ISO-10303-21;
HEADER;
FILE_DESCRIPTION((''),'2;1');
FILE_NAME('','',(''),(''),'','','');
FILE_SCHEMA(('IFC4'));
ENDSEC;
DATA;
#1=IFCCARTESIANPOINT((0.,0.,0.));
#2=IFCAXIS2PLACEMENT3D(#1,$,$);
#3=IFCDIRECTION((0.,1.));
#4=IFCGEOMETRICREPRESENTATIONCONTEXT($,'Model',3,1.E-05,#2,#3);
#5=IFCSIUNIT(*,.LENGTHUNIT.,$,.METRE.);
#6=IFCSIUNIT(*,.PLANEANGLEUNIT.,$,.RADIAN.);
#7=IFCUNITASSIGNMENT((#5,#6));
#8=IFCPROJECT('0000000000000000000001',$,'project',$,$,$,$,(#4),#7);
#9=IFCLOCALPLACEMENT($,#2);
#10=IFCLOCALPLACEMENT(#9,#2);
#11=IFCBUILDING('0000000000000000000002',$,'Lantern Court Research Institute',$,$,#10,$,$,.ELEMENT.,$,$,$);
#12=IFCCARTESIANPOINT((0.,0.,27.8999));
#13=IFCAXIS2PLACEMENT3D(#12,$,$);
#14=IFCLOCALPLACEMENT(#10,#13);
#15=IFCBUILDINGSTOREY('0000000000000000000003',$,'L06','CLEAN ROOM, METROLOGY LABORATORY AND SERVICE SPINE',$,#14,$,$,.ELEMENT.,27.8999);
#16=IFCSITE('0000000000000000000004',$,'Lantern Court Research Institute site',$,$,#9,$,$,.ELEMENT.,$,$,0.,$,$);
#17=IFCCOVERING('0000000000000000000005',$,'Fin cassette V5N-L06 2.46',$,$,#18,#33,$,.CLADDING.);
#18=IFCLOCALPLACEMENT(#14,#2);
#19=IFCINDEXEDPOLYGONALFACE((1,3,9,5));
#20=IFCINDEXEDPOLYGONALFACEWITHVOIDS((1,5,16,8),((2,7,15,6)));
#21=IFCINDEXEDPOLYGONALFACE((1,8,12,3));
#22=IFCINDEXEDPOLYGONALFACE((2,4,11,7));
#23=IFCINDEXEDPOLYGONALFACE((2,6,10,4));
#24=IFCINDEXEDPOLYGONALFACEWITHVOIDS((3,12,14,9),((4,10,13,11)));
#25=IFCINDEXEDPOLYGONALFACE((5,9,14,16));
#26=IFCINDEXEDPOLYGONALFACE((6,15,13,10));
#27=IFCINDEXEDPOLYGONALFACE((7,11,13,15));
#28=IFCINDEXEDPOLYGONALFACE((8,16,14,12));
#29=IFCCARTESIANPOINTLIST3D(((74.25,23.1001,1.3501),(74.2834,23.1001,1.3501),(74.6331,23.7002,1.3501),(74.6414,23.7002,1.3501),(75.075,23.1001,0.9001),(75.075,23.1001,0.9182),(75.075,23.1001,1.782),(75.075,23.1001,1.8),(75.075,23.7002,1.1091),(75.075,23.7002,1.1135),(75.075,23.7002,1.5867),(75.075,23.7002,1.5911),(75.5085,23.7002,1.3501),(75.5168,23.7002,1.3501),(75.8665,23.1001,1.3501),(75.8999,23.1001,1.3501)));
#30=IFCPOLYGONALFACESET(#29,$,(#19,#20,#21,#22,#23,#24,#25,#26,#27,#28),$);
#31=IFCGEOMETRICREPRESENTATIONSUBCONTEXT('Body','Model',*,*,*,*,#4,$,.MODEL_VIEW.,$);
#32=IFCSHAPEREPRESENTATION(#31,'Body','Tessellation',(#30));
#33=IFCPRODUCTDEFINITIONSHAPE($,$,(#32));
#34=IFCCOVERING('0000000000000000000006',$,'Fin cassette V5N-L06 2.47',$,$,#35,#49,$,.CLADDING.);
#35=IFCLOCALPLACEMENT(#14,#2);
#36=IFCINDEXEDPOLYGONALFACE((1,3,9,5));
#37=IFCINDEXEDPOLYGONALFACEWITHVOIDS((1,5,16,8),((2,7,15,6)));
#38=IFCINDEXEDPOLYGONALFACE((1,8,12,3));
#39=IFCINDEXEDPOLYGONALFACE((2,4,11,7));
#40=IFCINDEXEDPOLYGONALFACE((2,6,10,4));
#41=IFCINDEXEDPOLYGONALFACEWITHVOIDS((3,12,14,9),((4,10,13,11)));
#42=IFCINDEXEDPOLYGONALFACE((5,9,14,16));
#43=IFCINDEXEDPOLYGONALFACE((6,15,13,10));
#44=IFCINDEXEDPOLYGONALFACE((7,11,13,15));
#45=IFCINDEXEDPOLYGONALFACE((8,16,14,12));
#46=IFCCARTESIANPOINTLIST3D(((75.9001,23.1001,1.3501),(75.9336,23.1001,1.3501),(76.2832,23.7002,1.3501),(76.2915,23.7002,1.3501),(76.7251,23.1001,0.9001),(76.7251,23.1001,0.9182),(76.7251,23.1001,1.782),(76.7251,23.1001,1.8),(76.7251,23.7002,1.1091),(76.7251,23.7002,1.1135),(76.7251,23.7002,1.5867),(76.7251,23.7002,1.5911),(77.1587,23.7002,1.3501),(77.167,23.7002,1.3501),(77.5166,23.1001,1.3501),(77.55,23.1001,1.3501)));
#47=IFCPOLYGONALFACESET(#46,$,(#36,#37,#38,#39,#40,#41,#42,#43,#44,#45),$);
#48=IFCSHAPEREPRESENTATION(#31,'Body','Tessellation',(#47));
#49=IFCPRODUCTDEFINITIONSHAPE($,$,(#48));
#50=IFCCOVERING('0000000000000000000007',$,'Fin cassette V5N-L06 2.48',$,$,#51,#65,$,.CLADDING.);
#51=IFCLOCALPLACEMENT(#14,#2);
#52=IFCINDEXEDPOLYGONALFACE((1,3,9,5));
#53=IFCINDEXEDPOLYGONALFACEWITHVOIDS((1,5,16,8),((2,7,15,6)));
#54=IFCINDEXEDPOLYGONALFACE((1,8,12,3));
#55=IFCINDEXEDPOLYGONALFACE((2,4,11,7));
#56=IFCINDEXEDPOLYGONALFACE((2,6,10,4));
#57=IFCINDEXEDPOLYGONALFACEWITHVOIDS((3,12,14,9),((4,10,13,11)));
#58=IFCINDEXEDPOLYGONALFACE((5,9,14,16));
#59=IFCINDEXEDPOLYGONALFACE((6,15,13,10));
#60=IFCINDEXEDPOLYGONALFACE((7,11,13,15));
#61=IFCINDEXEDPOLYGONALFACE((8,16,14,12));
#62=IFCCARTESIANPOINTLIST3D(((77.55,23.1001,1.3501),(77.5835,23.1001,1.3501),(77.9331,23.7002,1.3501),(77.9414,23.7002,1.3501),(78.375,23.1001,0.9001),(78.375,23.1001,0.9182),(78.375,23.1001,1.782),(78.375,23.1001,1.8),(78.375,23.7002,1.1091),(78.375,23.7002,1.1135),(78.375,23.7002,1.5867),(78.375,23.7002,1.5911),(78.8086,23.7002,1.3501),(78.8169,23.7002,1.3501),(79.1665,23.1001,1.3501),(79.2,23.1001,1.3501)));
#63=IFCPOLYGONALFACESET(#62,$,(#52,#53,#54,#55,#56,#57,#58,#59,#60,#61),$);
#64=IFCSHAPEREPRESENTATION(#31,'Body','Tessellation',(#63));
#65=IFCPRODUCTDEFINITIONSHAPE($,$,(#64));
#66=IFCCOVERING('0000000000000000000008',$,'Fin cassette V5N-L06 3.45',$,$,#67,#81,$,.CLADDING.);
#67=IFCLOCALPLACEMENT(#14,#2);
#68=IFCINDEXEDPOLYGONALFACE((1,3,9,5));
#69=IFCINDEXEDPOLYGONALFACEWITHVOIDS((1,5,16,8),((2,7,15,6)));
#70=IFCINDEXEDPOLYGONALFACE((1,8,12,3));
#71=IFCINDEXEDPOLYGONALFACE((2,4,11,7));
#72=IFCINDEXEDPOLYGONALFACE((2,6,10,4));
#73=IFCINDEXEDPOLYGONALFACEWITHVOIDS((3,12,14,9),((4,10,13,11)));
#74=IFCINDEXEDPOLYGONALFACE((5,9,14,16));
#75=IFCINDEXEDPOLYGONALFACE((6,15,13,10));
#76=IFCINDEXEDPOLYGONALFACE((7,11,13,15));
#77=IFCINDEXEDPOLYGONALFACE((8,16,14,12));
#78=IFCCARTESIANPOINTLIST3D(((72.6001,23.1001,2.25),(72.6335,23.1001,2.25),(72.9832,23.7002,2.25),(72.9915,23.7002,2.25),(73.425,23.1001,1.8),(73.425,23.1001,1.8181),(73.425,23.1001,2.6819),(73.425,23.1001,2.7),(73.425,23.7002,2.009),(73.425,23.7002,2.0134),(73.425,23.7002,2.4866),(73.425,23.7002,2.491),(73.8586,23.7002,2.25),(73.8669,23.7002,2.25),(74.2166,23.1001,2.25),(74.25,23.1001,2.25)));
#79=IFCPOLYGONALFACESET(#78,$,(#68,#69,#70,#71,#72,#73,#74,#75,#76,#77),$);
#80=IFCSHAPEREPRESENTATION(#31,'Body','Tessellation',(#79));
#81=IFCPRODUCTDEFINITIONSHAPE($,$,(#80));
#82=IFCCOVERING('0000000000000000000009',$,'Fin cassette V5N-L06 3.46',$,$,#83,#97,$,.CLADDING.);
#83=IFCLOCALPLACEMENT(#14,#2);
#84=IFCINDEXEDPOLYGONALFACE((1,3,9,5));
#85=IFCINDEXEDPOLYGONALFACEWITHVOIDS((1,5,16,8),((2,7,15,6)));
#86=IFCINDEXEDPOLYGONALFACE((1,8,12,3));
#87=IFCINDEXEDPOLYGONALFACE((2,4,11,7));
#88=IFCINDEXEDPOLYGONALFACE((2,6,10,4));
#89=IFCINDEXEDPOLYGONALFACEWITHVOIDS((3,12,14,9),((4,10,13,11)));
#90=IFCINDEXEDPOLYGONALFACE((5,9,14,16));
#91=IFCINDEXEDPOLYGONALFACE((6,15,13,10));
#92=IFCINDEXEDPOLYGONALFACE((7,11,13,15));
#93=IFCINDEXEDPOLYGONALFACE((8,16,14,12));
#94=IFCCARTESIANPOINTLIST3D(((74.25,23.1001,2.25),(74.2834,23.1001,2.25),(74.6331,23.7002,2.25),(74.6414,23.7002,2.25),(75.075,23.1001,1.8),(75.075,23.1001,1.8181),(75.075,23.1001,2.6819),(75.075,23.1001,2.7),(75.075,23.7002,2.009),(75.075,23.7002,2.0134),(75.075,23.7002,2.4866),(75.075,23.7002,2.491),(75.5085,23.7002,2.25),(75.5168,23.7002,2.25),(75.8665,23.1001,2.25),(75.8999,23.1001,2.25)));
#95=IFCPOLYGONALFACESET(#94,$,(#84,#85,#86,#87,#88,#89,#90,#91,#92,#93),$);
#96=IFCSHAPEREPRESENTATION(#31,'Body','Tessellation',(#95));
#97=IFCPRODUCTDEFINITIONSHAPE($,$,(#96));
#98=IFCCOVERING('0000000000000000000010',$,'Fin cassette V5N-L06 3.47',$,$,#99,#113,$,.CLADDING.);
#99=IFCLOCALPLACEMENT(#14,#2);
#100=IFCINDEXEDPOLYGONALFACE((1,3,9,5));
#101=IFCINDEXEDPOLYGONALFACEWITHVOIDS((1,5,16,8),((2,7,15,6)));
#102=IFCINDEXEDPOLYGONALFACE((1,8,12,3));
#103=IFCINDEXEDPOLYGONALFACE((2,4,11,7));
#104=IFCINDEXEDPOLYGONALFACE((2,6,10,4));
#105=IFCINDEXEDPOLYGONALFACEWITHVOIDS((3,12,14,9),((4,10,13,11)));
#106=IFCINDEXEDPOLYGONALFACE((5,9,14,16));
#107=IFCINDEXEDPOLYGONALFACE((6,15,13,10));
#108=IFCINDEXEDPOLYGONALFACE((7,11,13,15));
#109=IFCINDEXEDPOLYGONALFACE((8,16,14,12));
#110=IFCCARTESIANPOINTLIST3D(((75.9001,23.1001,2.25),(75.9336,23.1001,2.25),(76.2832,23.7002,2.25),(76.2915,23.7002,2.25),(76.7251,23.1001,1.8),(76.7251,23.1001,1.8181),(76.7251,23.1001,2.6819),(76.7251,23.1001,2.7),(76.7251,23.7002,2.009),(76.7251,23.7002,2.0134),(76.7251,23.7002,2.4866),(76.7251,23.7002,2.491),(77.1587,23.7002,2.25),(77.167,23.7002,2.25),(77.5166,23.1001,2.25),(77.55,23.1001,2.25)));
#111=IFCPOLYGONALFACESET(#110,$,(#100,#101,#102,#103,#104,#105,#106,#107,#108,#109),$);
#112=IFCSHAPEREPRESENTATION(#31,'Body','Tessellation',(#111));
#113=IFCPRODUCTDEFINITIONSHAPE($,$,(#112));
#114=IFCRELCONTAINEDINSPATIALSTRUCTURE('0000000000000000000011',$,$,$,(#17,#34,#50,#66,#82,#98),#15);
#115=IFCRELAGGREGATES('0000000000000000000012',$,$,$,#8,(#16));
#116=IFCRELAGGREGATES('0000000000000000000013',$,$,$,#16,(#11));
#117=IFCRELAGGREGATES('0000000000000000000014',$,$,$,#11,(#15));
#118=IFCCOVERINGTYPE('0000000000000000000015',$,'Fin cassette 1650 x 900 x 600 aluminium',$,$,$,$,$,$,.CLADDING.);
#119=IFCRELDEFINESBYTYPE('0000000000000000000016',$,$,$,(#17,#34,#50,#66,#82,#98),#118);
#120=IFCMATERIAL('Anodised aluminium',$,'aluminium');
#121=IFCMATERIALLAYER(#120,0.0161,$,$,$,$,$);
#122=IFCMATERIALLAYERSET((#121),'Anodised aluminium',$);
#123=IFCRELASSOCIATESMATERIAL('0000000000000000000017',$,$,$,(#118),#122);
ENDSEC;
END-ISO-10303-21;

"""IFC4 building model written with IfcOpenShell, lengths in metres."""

from ifc_helpers import new_model, entity, si_unit, direction, frame, origin, place, context, subcontext, project, spatial, material, layer, layer_set, type_object, element, save


model = new_model("IFC4")

# Units and contexts
model_context = context("Model", 3, precision=1e-05, world=origin(), true_north=direction((0.0, 1.0)))
body_context = subcontext(model_context, "Body", "Model", "MODEL_VIEW")
ifc_project = project(units=[si_unit("LENGTHUNIT", "METRE"), si_unit("PLANEANGLEUNIT", "RADIAN")], contexts=[model_context])

# Site, building, storey
site_placement = place(None, origin())
site = spatial("IfcSite", under=ifc_project, at=site_placement, Name="Lantern Court Research Institute site", CompositionType="ELEMENT", RefElevation=0.0)
building_placement = place(site_placement, origin())
building = spatial("IfcBuilding", under=site, at=building_placement, Name="Lantern Court Research Institute", CompositionType="ELEMENT")
storey_placement = place(building_placement, frame((0.0, 0.0, 27.8999)))
storey = spatial("IfcBuildingStorey", under=building, at=storey_placement, Name="L06", Description="CLEAN ROOM, METROLOGY LABORATORY AND SERVICE SPINE", CompositionType="ELEMENT", Elevation=27.8999)

# Coverings
ifc_material_1 = material(Name="Anodised aluminium", Category="aluminium")
ifc_layer_1 = layer(ifc_material_1, 0.0161)
ifc_layer_set_1 = layer_set([ifc_layer_1], Name="Anodised aluminium")
covering_type = type_object("IfcCoveringType", Name="Fin cassette 1650 x 900 x 600 aluminium", PredefinedType="CLADDING", material=ifc_layer_set_1)
covering_1_placement = place(storey_placement, frame((75.075, 23.1001, 1.3501), z_axis=(0.0, 1.0, 0.0), x_axis=(-1.0, 0.0, 0.0)))
cartesian_point_1 = entity("IfcCartesianPoint", [0.825, 0.0])
cartesian_point_2 = entity("IfcCartesianPoint", [0.7915, 0.0])
cartesian_point_3 = entity("IfcCartesianPoint", [0.4419, 0.0])
cartesian_point_4 = entity("IfcCartesianPoint", [0.4336, 0.0])
element("IfcCovering", 1, at=covering_1_placement, inside=storey, type_object=covering_type, Name="Fin cassette V5N-L06 2.46", PredefinedType="CLADDING", context=body_context, shape_type="SweptSolid", body=[
    entity("IfcExtrudedAreaSolidTapered", entity("IfcArbitraryProfileDefWithVoids", "AREA", None, entity("IfcPolyline", [cartesian_point_1, entity("IfcCartesianPoint", [0.0, 0.45]), entity("IfcCartesianPoint", [-0.825, 0.0]), entity("IfcCartesianPoint", [0.0, -0.45]), cartesian_point_1]), [entity("IfcPolyline", [cartesian_point_2, entity("IfcCartesianPoint", [0.0, 0.4319]), entity("IfcCartesianPoint", [-0.7915, 0.0]), entity("IfcCartesianPoint", [0.0, -0.4319]), cartesian_point_2])]), entity("IfcAxis2Placement3D", entity("IfcCartesianPoint", [0.0, 0.0, 0.0])), entity("IfcDirection", [0.0, 0.0, 1.0]), 0.6001, entity("IfcArbitraryProfileDefWithVoids", "AREA", None, entity("IfcPolyline", [cartesian_point_3, entity("IfcCartesianPoint", [0.0, 0.241]), entity("IfcCartesianPoint", [-0.4419, 0.0]), entity("IfcCartesianPoint", [0.0, -0.241]), cartesian_point_3]), [entity("IfcPolyline", [cartesian_point_4, entity("IfcCartesianPoint", [0.0, 0.2366]), entity("IfcCartesianPoint", [-0.4336, 0.0]), entity("IfcCartesianPoint", [0.0, -0.2366]), cartesian_point_4])])),
])
covering_2_placement = place(storey_placement, frame((76.7251, 23.1001, 1.3501), z_axis=(0.0, 1.0, 0.0), x_axis=(-1.0, 0.0, 0.0)))
cartesian_point_5 = entity("IfcCartesianPoint", [0.825, 0.0])
cartesian_point_6 = entity("IfcCartesianPoint", [0.7915, 0.0])
cartesian_point_7 = entity("IfcCartesianPoint", [0.4419, 0.0])
cartesian_point_8 = entity("IfcCartesianPoint", [0.4336, 0.0])
element("IfcCovering", 2, at=covering_2_placement, inside=storey, type_object=covering_type, Name="Fin cassette V5N-L06 2.47", PredefinedType="CLADDING", context=body_context, shape_type="SweptSolid", body=[
    entity("IfcExtrudedAreaSolidTapered", entity("IfcArbitraryProfileDefWithVoids", "AREA", None, entity("IfcPolyline", [cartesian_point_5, entity("IfcCartesianPoint", [0.0, 0.45]), entity("IfcCartesianPoint", [-0.825, 0.0]), entity("IfcCartesianPoint", [0.0, -0.45]), cartesian_point_5]), [entity("IfcPolyline", [cartesian_point_6, entity("IfcCartesianPoint", [0.0, 0.4319]), entity("IfcCartesianPoint", [-0.7915, 0.0]), entity("IfcCartesianPoint", [0.0, -0.4319]), cartesian_point_6])]), entity("IfcAxis2Placement3D", entity("IfcCartesianPoint", [0.0, 0.0, 0.0])), entity("IfcDirection", [0.0, 0.0, 1.0]), 0.6001, entity("IfcArbitraryProfileDefWithVoids", "AREA", None, entity("IfcPolyline", [cartesian_point_7, entity("IfcCartesianPoint", [0.0, 0.241]), entity("IfcCartesianPoint", [-0.4419, 0.0]), entity("IfcCartesianPoint", [0.0, -0.241]), cartesian_point_7]), [entity("IfcPolyline", [cartesian_point_8, entity("IfcCartesianPoint", [0.0, 0.2366]), entity("IfcCartesianPoint", [-0.4336, 0.0]), entity("IfcCartesianPoint", [0.0, -0.2366]), cartesian_point_8])])),
])
covering_3_placement = place(storey_placement, frame((78.375, 23.1001, 1.3501), z_axis=(0.0, 1.0, 0.0), x_axis=(-1.0, 0.0, 0.0)))
cartesian_point_9 = entity("IfcCartesianPoint", [0.825, 0.0])
cartesian_point_10 = entity("IfcCartesianPoint", [0.7915, 0.0])
cartesian_point_11 = entity("IfcCartesianPoint", [0.4419, 0.0])
cartesian_point_12 = entity("IfcCartesianPoint", [0.4336, 0.0])
element("IfcCovering", 3, at=covering_3_placement, inside=storey, type_object=covering_type, Name="Fin cassette V5N-L06 2.48", PredefinedType="CLADDING", context=body_context, shape_type="SweptSolid", body=[
    entity("IfcExtrudedAreaSolidTapered", entity("IfcArbitraryProfileDefWithVoids", "AREA", None, entity("IfcPolyline", [cartesian_point_9, entity("IfcCartesianPoint", [0.0, 0.45]), entity("IfcCartesianPoint", [-0.825, 0.0]), entity("IfcCartesianPoint", [0.0, -0.45]), cartesian_point_9]), [entity("IfcPolyline", [cartesian_point_10, entity("IfcCartesianPoint", [0.0, 0.4319]), entity("IfcCartesianPoint", [-0.7915, 0.0]), entity("IfcCartesianPoint", [0.0, -0.4319]), cartesian_point_10])]), entity("IfcAxis2Placement3D", entity("IfcCartesianPoint", [0.0, 0.0, 0.0])), entity("IfcDirection", [0.0, 0.0, 1.0]), 0.6001, entity("IfcArbitraryProfileDefWithVoids", "AREA", None, entity("IfcPolyline", [cartesian_point_11, entity("IfcCartesianPoint", [0.0, 0.241]), entity("IfcCartesianPoint", [-0.4419, 0.0]), entity("IfcCartesianPoint", [0.0, -0.241]), cartesian_point_11]), [entity("IfcPolyline", [cartesian_point_12, entity("IfcCartesianPoint", [0.0, 0.2366]), entity("IfcCartesianPoint", [-0.4336, 0.0]), entity("IfcCartesianPoint", [0.0, -0.2366]), cartesian_point_12])])),
])
covering_4_placement = place(storey_placement, frame((73.425, 23.1001, 2.25), z_axis=(0.0, 1.0, 0.0), x_axis=(-1.0, 0.0, 0.0)))
cartesian_point_13 = entity("IfcCartesianPoint", [0.825, 0.0])
cartesian_point_14 = entity("IfcCartesianPoint", [0.7915, 0.0])
cartesian_point_15 = entity("IfcCartesianPoint", [0.4419, 0.0])
cartesian_point_16 = entity("IfcCartesianPoint", [0.4336, 0.0])
element("IfcCovering", 4, at=covering_4_placement, inside=storey, type_object=covering_type, Name="Fin cassette V5N-L06 3.45", PredefinedType="CLADDING", context=body_context, shape_type="SweptSolid", body=[
    entity("IfcExtrudedAreaSolidTapered", entity("IfcArbitraryProfileDefWithVoids", "AREA", None, entity("IfcPolyline", [cartesian_point_13, entity("IfcCartesianPoint", [0.0, 0.45]), entity("IfcCartesianPoint", [-0.825, 0.0]), entity("IfcCartesianPoint", [0.0, -0.45]), cartesian_point_13]), [entity("IfcPolyline", [cartesian_point_14, entity("IfcCartesianPoint", [0.0, 0.4319]), entity("IfcCartesianPoint", [-0.7915, 0.0]), entity("IfcCartesianPoint", [0.0, -0.4319]), cartesian_point_14])]), entity("IfcAxis2Placement3D", entity("IfcCartesianPoint", [0.0, 0.0, 0.0])), entity("IfcDirection", [0.0, 0.0, 1.0]), 0.6001, entity("IfcArbitraryProfileDefWithVoids", "AREA", None, entity("IfcPolyline", [cartesian_point_15, entity("IfcCartesianPoint", [0.0, 0.241]), entity("IfcCartesianPoint", [-0.4419, 0.0]), entity("IfcCartesianPoint", [0.0, -0.241]), cartesian_point_15]), [entity("IfcPolyline", [cartesian_point_16, entity("IfcCartesianPoint", [0.0, 0.2366]), entity("IfcCartesianPoint", [-0.4336, 0.0]), entity("IfcCartesianPoint", [0.0, -0.2366]), cartesian_point_16])])),
])
covering_5_placement = place(storey_placement, frame((75.075, 23.1001, 2.25), z_axis=(0.0, 1.0, 0.0), x_axis=(-1.0, 0.0, 0.0)))
cartesian_point_17 = entity("IfcCartesianPoint", [0.825, 0.0])
cartesian_point_18 = entity("IfcCartesianPoint", [0.7915, 0.0])
cartesian_point_19 = entity("IfcCartesianPoint", [0.4419, 0.0])
cartesian_point_20 = entity("IfcCartesianPoint", [0.4336, 0.0])
element("IfcCovering", 5, at=covering_5_placement, inside=storey, type_object=covering_type, Name="Fin cassette V5N-L06 3.46", PredefinedType="CLADDING", context=body_context, shape_type="SweptSolid", body=[
    entity("IfcExtrudedAreaSolidTapered", entity("IfcArbitraryProfileDefWithVoids", "AREA", None, entity("IfcPolyline", [cartesian_point_17, entity("IfcCartesianPoint", [0.0, 0.45]), entity("IfcCartesianPoint", [-0.825, 0.0]), entity("IfcCartesianPoint", [0.0, -0.45]), cartesian_point_17]), [entity("IfcPolyline", [cartesian_point_18, entity("IfcCartesianPoint", [0.0, 0.4319]), entity("IfcCartesianPoint", [-0.7915, 0.0]), entity("IfcCartesianPoint", [0.0, -0.4319]), cartesian_point_18])]), entity("IfcAxis2Placement3D", entity("IfcCartesianPoint", [0.0, 0.0, 0.0])), entity("IfcDirection", [0.0, 0.0, 1.0]), 0.6001, entity("IfcArbitraryProfileDefWithVoids", "AREA", None, entity("IfcPolyline", [cartesian_point_19, entity("IfcCartesianPoint", [0.0, 0.241]), entity("IfcCartesianPoint", [-0.4419, 0.0]), entity("IfcCartesianPoint", [0.0, -0.241]), cartesian_point_19]), [entity("IfcPolyline", [cartesian_point_20, entity("IfcCartesianPoint", [0.0, 0.2366]), entity("IfcCartesianPoint", [-0.4336, 0.0]), entity("IfcCartesianPoint", [0.0, -0.2366]), cartesian_point_20])])),
])
covering_6_placement = place(storey_placement, frame((76.7251, 23.1001, 2.25), z_axis=(0.0, 1.0, 0.0), x_axis=(-1.0, 0.0, 0.0)))
cartesian_point_21 = entity("IfcCartesianPoint", [0.825, 0.0])
cartesian_point_22 = entity("IfcCartesianPoint", [0.7915, 0.0])
cartesian_point_23 = entity("IfcCartesianPoint", [0.4419, 0.0])
cartesian_point_24 = entity("IfcCartesianPoint", [0.4336, 0.0])
element("IfcCovering", 6, at=covering_6_placement, inside=storey, type_object=covering_type, Name="Fin cassette V5N-L06 3.47", PredefinedType="CLADDING", context=body_context, shape_type="SweptSolid", body=[
    entity("IfcExtrudedAreaSolidTapered", entity("IfcArbitraryProfileDefWithVoids", "AREA", None, entity("IfcPolyline", [cartesian_point_21, entity("IfcCartesianPoint", [0.0, 0.45]), entity("IfcCartesianPoint", [-0.825, 0.0]), entity("IfcCartesianPoint", [0.0, -0.45]), cartesian_point_21]), [entity("IfcPolyline", [cartesian_point_22, entity("IfcCartesianPoint", [0.0, 0.4319]), entity("IfcCartesianPoint", [-0.7915, 0.0]), entity("IfcCartesianPoint", [0.0, -0.4319]), cartesian_point_22])]), entity("IfcAxis2Placement3D", entity("IfcCartesianPoint", [0.0, 0.0, 0.0])), entity("IfcDirection", [0.0, 0.0, 1.0]), 0.6001, entity("IfcArbitraryProfileDefWithVoids", "AREA", None, entity("IfcPolyline", [cartesian_point_23, entity("IfcCartesianPoint", [0.0, 0.241]), entity("IfcCartesianPoint", [-0.4419, 0.0]), entity("IfcCartesianPoint", [0.0, -0.241]), cartesian_point_23]), [entity("IfcPolyline", [cartesian_point_24, entity("IfcCartesianPoint", [0.0, 0.2366]), entity("IfcCartesianPoint", [-0.4336, 0.0]), entity("IfcCartesianPoint", [0.0, -0.2366]), cartesian_point_24])])),
])

save(model, "model.ifc")
